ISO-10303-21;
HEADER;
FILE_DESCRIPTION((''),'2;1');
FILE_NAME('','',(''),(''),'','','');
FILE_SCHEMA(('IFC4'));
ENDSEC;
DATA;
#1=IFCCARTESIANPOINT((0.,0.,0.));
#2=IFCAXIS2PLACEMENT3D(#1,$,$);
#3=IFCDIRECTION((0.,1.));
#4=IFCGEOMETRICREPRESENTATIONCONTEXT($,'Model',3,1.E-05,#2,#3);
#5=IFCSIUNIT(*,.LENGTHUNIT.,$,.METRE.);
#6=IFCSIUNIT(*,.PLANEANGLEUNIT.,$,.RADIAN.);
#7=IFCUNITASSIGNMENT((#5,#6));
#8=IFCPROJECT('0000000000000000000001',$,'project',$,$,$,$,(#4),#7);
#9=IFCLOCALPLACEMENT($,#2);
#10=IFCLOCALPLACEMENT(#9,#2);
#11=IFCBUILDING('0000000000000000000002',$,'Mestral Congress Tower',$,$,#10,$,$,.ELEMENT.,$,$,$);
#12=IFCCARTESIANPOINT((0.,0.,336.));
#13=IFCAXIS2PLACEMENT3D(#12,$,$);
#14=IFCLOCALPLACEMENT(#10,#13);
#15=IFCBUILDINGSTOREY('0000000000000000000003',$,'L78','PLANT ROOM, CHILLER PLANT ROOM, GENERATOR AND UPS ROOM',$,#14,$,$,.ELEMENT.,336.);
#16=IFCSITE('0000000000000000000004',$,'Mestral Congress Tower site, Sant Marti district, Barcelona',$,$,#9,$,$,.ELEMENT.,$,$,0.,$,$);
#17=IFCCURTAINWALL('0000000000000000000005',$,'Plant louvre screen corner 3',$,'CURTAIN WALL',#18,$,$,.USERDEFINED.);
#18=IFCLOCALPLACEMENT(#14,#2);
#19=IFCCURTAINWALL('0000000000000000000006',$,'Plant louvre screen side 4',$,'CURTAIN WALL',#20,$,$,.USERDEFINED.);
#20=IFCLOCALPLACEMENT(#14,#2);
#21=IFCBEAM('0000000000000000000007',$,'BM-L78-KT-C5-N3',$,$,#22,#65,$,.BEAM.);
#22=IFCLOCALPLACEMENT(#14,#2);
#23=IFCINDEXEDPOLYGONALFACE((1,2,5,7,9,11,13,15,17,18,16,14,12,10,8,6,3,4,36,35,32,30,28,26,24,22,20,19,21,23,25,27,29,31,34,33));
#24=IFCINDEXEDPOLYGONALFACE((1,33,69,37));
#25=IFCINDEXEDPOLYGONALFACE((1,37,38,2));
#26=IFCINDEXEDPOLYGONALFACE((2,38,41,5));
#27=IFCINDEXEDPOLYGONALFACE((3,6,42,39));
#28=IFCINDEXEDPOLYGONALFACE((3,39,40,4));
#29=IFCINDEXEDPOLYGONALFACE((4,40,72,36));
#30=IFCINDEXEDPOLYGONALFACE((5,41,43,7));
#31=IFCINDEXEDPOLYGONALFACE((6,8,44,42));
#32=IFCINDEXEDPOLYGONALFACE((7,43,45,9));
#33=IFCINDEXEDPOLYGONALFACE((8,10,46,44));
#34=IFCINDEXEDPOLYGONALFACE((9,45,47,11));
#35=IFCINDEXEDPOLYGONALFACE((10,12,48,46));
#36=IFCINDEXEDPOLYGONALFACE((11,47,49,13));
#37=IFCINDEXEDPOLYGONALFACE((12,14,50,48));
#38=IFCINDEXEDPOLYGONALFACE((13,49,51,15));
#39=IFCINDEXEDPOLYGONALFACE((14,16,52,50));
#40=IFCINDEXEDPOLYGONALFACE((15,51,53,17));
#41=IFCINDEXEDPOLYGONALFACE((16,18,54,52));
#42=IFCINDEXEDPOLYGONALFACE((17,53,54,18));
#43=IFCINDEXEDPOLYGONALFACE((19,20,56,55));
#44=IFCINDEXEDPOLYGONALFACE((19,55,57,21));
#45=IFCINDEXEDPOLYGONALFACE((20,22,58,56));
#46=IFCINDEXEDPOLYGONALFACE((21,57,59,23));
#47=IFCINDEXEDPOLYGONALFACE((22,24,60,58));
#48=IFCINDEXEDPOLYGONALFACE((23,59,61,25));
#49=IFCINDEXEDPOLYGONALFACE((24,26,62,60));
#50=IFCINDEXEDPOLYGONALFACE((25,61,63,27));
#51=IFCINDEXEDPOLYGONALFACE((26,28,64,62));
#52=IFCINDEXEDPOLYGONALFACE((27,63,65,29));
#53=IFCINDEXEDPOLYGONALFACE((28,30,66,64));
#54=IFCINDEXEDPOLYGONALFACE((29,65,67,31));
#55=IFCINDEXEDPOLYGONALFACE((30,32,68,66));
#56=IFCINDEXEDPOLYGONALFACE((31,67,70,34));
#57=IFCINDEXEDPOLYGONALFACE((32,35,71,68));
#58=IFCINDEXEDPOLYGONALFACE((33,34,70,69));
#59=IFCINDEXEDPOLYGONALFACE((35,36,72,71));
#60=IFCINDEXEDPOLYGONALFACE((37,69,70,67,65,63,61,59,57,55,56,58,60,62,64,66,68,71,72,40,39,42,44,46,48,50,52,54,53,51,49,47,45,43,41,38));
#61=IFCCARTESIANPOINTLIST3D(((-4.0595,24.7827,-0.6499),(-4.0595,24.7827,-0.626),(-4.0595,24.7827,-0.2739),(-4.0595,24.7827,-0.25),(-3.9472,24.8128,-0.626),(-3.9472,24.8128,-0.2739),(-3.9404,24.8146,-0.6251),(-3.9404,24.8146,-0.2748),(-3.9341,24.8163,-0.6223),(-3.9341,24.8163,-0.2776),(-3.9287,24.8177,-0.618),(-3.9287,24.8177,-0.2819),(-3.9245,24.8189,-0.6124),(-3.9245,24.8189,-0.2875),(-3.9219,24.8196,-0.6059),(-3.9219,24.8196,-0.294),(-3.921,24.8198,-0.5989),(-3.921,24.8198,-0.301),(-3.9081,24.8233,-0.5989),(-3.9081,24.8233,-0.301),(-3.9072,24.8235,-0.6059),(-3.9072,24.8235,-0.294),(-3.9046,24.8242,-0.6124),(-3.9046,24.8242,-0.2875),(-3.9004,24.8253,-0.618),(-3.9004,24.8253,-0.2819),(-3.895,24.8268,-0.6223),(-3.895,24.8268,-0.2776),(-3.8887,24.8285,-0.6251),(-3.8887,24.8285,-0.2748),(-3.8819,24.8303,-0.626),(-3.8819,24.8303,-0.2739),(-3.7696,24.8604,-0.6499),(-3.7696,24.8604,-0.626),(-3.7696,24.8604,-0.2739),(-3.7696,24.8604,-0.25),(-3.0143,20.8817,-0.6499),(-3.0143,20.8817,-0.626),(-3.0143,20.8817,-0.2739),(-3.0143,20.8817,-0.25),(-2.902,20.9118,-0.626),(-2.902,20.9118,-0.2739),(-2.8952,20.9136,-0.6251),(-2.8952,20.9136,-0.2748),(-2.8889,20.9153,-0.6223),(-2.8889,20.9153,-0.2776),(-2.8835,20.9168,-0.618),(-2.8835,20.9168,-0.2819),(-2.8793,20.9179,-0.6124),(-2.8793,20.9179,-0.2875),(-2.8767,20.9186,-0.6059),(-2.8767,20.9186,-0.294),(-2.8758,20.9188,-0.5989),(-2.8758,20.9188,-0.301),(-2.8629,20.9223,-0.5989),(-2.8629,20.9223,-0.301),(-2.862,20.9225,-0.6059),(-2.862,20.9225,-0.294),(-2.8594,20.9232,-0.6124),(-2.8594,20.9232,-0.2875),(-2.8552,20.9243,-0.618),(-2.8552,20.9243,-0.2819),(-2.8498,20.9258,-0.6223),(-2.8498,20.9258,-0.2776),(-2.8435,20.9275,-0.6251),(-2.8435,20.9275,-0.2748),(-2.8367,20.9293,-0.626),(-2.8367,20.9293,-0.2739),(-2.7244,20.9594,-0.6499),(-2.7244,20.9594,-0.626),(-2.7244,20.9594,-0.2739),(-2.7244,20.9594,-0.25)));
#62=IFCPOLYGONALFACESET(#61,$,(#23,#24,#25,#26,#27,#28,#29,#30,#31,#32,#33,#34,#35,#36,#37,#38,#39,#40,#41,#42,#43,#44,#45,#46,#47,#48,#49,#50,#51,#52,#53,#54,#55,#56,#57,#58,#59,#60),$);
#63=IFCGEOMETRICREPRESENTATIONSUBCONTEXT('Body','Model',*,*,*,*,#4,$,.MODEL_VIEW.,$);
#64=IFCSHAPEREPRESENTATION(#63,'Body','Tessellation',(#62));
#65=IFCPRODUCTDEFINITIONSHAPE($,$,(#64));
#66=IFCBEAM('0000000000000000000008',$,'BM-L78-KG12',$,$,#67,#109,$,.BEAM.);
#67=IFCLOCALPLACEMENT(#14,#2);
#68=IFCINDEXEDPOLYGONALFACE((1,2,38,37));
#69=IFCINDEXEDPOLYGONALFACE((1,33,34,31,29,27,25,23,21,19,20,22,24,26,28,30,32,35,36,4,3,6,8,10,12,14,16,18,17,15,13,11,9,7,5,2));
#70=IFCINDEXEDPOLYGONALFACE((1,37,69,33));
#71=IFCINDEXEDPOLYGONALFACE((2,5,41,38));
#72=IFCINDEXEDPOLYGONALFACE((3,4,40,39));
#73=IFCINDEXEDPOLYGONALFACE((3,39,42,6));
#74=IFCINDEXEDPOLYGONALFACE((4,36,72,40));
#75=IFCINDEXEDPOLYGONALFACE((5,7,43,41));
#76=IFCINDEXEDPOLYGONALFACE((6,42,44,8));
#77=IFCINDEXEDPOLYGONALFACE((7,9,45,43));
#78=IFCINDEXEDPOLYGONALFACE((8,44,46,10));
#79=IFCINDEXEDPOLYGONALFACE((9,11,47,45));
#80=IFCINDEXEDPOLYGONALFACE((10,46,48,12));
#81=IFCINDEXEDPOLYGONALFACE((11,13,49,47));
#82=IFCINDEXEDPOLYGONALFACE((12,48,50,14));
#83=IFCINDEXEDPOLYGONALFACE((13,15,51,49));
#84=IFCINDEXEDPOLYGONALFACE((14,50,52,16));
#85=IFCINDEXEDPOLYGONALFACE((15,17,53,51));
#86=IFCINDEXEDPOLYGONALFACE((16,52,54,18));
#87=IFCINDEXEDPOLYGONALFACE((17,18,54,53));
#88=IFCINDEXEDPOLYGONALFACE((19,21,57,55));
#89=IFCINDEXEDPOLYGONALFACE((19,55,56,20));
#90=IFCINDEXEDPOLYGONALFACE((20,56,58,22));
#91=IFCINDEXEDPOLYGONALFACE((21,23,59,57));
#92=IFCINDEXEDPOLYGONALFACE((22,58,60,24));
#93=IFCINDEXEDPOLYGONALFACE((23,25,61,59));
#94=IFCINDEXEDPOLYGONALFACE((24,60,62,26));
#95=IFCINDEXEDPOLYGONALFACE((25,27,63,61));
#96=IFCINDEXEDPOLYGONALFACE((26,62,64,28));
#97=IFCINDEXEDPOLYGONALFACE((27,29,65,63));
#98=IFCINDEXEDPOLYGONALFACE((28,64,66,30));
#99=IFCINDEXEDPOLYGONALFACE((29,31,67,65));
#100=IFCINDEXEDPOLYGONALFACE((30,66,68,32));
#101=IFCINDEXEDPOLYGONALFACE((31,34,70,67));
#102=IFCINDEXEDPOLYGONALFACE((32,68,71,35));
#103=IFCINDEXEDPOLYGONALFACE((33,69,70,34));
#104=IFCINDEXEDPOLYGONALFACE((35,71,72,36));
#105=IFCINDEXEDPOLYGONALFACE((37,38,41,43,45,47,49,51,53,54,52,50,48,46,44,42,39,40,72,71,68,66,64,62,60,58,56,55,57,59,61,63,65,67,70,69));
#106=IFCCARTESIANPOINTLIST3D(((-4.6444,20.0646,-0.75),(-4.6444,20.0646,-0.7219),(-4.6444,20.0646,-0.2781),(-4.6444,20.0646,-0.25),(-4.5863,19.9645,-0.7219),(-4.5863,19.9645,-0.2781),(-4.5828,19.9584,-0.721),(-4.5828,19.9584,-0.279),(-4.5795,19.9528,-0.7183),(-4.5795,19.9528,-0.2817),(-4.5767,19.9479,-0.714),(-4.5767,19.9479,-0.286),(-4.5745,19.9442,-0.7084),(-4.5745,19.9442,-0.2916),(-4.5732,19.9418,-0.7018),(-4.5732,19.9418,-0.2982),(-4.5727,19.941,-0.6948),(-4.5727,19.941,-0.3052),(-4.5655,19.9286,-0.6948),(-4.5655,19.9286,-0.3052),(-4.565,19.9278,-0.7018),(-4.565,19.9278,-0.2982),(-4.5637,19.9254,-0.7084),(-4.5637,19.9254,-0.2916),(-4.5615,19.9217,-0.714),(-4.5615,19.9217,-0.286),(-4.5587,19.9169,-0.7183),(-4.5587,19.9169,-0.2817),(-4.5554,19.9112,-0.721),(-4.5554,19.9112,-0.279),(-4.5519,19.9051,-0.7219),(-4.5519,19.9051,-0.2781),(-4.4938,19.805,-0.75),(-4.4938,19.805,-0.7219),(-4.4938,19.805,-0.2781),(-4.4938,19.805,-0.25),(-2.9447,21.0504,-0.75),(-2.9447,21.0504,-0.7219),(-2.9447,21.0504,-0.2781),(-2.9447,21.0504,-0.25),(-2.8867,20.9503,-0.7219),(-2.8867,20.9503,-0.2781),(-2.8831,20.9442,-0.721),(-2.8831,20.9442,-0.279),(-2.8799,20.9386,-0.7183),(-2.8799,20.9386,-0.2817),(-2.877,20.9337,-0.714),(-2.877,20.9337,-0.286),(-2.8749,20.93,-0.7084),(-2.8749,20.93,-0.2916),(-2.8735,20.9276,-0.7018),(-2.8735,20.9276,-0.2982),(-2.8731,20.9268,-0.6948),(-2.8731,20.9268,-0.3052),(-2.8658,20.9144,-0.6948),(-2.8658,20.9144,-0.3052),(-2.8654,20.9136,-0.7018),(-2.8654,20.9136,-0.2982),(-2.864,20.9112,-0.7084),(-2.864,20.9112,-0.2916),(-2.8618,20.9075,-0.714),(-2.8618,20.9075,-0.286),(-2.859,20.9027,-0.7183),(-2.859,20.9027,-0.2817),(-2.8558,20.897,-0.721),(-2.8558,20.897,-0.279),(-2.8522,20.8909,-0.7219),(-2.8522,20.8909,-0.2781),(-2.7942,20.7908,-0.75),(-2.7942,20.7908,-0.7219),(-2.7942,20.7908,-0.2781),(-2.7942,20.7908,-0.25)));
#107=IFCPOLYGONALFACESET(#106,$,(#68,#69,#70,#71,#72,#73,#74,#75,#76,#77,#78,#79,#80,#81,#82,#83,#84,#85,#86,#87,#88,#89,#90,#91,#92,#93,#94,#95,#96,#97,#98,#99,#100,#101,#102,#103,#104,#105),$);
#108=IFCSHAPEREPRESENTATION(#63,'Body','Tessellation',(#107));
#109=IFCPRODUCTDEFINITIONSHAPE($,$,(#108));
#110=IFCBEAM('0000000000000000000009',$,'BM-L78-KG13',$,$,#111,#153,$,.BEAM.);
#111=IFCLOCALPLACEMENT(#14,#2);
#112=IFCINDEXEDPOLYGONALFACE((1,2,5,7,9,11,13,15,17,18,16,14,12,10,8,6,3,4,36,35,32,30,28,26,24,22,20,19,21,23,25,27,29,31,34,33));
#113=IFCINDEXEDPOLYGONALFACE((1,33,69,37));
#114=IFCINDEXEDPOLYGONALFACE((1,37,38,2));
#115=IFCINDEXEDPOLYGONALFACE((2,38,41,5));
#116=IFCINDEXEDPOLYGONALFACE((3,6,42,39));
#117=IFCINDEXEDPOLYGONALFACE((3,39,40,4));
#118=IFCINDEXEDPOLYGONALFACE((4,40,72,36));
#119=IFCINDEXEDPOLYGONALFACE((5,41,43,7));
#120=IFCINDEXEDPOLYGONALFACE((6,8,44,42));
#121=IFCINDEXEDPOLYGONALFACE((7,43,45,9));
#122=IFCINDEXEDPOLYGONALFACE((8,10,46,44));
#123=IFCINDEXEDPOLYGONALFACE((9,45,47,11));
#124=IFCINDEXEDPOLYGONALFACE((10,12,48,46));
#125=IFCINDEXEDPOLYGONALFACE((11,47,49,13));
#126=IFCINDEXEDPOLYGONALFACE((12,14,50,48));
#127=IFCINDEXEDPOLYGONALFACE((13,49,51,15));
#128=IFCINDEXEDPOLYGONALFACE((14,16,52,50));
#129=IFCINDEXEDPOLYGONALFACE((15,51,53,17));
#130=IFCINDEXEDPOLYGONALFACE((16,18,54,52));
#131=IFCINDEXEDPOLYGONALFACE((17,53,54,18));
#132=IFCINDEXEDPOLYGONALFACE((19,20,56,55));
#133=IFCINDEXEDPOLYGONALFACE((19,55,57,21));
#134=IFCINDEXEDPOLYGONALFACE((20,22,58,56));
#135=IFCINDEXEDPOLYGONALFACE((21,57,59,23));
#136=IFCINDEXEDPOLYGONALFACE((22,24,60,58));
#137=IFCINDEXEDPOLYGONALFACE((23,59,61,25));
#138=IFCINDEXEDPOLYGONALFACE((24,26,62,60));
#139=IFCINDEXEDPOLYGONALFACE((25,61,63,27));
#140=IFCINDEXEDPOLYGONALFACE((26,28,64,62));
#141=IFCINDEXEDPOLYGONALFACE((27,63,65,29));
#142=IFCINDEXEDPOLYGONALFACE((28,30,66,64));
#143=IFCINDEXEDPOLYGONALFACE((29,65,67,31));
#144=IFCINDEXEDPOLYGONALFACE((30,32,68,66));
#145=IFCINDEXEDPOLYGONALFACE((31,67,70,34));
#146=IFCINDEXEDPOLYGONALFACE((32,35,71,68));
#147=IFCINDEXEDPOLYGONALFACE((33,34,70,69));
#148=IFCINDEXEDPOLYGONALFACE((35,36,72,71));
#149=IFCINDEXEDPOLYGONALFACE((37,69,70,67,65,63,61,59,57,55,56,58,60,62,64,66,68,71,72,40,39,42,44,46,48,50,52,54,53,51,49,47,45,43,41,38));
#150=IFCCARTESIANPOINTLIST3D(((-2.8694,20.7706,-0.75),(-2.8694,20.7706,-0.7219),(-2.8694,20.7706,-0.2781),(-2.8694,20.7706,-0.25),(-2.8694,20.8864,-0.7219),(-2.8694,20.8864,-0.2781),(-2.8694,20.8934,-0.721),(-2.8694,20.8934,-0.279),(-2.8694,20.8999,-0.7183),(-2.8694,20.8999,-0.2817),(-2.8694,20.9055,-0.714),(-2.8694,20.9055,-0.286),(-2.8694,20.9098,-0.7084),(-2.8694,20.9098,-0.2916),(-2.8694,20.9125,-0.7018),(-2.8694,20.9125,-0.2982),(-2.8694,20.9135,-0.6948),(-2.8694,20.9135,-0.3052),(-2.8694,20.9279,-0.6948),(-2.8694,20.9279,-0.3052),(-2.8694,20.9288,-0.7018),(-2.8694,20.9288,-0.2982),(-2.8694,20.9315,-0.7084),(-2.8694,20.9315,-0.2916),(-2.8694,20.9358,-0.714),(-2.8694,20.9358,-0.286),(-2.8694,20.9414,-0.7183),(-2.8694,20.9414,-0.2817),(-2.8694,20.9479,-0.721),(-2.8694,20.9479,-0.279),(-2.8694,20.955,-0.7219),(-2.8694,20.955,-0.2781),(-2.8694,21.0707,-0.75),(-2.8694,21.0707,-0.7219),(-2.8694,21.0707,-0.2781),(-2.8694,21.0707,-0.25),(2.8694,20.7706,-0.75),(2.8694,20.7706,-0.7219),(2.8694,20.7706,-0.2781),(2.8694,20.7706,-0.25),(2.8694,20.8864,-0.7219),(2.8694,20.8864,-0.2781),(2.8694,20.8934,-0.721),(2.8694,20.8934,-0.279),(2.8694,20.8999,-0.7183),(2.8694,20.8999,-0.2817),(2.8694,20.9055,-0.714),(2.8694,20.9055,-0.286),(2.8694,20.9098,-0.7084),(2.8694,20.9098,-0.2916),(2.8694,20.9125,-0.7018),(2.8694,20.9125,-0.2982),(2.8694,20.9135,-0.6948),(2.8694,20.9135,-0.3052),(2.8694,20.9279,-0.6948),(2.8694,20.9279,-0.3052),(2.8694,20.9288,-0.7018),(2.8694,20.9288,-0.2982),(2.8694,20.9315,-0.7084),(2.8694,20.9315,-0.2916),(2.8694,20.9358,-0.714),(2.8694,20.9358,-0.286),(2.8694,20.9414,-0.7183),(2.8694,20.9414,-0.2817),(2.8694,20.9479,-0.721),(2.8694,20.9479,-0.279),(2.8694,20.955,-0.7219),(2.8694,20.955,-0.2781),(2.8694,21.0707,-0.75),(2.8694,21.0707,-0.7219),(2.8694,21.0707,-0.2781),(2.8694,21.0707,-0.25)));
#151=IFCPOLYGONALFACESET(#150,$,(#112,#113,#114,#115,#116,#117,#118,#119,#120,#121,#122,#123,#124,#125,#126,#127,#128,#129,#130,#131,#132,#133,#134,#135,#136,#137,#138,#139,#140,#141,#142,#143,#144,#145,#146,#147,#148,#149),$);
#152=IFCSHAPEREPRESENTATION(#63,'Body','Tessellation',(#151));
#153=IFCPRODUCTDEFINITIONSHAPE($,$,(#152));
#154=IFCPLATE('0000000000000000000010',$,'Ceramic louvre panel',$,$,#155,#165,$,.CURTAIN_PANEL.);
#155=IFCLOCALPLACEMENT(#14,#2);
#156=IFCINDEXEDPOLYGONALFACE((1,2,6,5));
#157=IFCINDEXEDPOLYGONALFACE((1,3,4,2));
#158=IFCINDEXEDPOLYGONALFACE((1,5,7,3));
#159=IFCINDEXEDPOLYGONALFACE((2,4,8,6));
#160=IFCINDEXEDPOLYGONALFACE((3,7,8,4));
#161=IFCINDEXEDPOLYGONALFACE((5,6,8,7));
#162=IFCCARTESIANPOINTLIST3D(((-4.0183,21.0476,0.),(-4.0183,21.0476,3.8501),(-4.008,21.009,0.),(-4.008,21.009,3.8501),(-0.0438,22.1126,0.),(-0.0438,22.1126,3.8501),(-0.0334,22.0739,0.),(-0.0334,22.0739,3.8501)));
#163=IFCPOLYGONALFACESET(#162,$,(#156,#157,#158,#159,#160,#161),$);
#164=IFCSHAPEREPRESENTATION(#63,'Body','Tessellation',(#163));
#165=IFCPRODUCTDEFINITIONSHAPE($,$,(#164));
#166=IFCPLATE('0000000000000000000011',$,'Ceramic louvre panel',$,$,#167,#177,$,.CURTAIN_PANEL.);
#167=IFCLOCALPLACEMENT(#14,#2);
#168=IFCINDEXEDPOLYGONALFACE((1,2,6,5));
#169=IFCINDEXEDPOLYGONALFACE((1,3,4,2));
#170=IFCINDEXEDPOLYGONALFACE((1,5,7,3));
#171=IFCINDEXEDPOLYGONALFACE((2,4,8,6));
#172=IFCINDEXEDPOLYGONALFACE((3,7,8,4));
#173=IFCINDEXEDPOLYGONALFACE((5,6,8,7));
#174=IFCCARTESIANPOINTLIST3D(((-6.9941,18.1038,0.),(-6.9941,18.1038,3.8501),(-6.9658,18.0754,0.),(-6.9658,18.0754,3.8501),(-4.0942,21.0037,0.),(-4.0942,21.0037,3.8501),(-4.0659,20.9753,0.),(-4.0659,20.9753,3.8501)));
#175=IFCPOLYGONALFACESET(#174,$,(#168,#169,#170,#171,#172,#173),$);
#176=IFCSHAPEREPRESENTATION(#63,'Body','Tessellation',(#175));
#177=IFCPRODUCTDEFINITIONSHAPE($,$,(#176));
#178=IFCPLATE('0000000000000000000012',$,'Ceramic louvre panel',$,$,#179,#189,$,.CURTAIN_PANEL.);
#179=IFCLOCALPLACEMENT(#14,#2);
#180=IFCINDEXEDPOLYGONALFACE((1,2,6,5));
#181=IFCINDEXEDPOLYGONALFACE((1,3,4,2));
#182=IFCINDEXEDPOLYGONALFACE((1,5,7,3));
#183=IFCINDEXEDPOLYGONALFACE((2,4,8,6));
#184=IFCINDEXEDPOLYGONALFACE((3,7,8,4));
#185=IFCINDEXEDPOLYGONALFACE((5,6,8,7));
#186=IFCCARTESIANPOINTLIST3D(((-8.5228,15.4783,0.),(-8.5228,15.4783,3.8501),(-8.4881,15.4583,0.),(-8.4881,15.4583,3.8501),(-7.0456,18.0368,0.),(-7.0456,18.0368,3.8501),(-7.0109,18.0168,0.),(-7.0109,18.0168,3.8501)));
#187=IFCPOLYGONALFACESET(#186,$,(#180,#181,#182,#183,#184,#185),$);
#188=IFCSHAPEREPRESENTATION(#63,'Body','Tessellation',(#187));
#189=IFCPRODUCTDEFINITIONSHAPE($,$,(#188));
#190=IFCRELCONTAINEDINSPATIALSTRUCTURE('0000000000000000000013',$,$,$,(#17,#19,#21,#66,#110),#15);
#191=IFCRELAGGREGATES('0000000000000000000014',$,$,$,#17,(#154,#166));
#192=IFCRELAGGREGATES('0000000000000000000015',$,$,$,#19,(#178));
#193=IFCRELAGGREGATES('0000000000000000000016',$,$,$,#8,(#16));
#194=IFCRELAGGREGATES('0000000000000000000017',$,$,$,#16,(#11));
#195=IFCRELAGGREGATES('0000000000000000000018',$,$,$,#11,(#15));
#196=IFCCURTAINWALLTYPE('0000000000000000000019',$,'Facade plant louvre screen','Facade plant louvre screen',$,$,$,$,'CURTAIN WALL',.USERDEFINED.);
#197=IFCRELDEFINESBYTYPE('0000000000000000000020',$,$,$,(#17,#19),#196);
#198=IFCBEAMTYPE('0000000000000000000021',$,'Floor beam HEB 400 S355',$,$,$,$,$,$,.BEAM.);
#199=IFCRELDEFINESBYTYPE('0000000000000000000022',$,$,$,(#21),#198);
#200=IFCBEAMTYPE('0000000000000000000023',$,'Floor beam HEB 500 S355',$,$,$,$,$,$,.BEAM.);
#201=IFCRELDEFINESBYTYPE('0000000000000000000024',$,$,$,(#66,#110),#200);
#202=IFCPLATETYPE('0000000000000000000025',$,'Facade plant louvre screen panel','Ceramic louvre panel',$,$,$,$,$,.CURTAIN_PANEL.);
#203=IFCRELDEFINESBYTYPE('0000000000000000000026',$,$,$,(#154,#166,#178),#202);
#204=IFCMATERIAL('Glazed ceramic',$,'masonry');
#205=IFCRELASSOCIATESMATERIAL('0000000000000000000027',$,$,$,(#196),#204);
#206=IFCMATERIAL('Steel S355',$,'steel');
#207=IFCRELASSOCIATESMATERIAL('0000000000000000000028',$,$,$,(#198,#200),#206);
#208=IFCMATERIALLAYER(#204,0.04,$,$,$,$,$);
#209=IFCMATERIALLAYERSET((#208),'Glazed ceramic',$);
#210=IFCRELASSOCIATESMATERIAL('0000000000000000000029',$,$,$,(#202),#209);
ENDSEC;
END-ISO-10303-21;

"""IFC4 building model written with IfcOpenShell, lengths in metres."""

from ifc_helpers import new_model, si_unit, direction, frame, origin, origin_2d, place, context, subcontext, project, spatial, rectangle, i_section, extrude, material, layer, layer_set, material_profile, profile_set, type_object, element, aggregate, save


model = new_model("IFC4")

# Units and contexts
model_context = context("Model", 3, precision=1e-05, world=origin(), true_north=direction((0.0, 1.0)))
body_context = subcontext(model_context, "Body", "Model", "MODEL_VIEW")
ifc_project = project(units=[si_unit("LENGTHUNIT", "METRE"), si_unit("PLANEANGLEUNIT", "RADIAN")], contexts=[model_context])

# Site, building, storey
site_placement = place(None, origin())
site = spatial("IfcSite", under=ifc_project, at=site_placement, Name="Mestral Congress Tower site, Sant Marti district, Barcelona", CompositionType="ELEMENT", RefElevation=0.0)
building_placement = place(site_placement, origin())
building = spatial("IfcBuilding", under=site, at=building_placement, Name="Mestral Congress Tower", CompositionType="ELEMENT")
storey_placement = place(building_placement, frame((0.0, 0.0, 336.0)))
storey = spatial("IfcBuildingStorey", under=building, at=storey_placement, Name="L78", Description="PLANT ROOM, CHILLER PLANT ROOM, GENERATOR AND UPS ROOM", CompositionType="ELEMENT", Elevation=336.0)

# Shared definitions
ifc_material_1 = material(Name="Steel S355", Category="steel")

# Curtain wall
ifc_material_2 = material(Name="Glazed ceramic", Category="masonry")
curtain_wall_type = type_object("IfcCurtainWallType", Name="Facade plant louvre screen", Description="Facade plant louvre screen", ElementType="CURTAIN WALL", PredefinedType="USERDEFINED", material=ifc_material_2)
placement = place(storey_placement, origin())
curtain_wall_1 = element("IfcCurtainWall", 1, at=placement, inside=storey, type_object=curtain_wall_type, Name="Plant louvre screen corner 3", ObjectType="CURTAIN WALL", PredefinedType="USERDEFINED")

# Curtain wall
curtain_wall_2 = element("IfcCurtainWall", 2, at=placement, inside=storey, type_object=curtain_wall_type, Name="Plant louvre screen side 4", ObjectType="CURTAIN WALL", PredefinedType="USERDEFINED")

# Beams
ifc_material_profile_1 = material_profile(ifc_material_1, i_section(OverallWidth=0.3, OverallDepth=0.3999, WebThickness=0.0134, FlangeThickness=0.0239, FilletRadius=0.0271, at=origin_2d()), Name="HEB 400")
ifc_profile_set_1 = profile_set([ifc_material_profile_1], Name="Steel S355")
beam_type_1 = type_object("IfcBeamType", Name="Floor beam HEB 400 S355", PredefinedType="BEAM", material=ifc_profile_set_1)
beam_1_placement = place(storey_placement, frame((-3.9146, 24.8215, -0.45), z_axis=(0.258803, -0.96593, 0.0), x_axis=(0.96593, 0.258803, 0.0)))
element("IfcBeam", 3, at=beam_1_placement, inside=storey, type_object=beam_type_1, Name="BM-L78-KT-C5-N3", PredefinedType="BEAM", context=body_context, shape_type="SweptSolid", body=[
    extrude(i_section(OverallWidth=0.3, OverallDepth=0.3999, WebThickness=0.0134, FlangeThickness=0.0239, FilletRadius=0.0271, at=origin_2d()), origin(), (0.0, 0.0, 1.0), 4.0386),
])
ifc_material_profile_2 = material_profile(ifc_material_1, i_section(OverallWidth=0.3, OverallDepth=0.5, WebThickness=0.0144, FlangeThickness=0.0281, FilletRadius=0.0271, at=origin_2d()), Name="HEB 500")
ifc_profile_set_2 = profile_set([ifc_material_profile_2], Name="Steel S355")
beam_type_2 = type_object("IfcBeamType", Name="Floor beam HEB 500 S355", PredefinedType="BEAM", material=ifc_profile_set_2)
beam_2_placement = place(storey_placement, frame((-4.5691, 19.9348, -0.5), z_axis=(0.865029, 0.501722, 0.0), x_axis=(-0.501722, 0.865029, 0.0)))
element("IfcBeam", 4, at=beam_2_placement, inside=storey, type_object=beam_type_2, Name="BM-L78-KG12", PredefinedType="BEAM", context=body_context, shape_type="SweptSolid", body=[
    extrude(i_section(OverallWidth=0.3, OverallDepth=0.5, WebThickness=0.0144, FlangeThickness=0.0281, FilletRadius=0.0271, at=origin_2d()), origin(), (0.0, 0.0, 1.0), 1.9648),
])
beam_3_placement = place(storey_placement, frame((-2.8694, 20.9207, -0.5), z_axis=(1.0, 0.0, 0.0), x_axis=(0.0, 1.0, 0.0)))
element("IfcBeam", 5, at=beam_3_placement, inside=storey, type_object=beam_type_2, Name="BM-L78-KG13", PredefinedType="BEAM", context=body_context, shape_type="SweptSolid", body=[
    extrude(i_section(OverallWidth=0.3, OverallDepth=0.5, WebThickness=0.0144, FlangeThickness=0.0281, FilletRadius=0.0271, at=origin_2d()), origin(), (0.0, 0.0, 1.0), 5.7388),
])

# Plates
ifc_layer_1 = layer(ifc_material_2, 0.04)
ifc_layer_set_1 = layer_set([ifc_layer_1], Name="Glazed ceramic")
plate_type = type_object("IfcPlateType", Name="Facade plant louvre screen panel", Description="Ceramic louvre panel", PredefinedType="CURTAIN_PANEL", material=ifc_layer_set_1)
plate_1_placement = place(storey_placement, frame((-2.0259, 21.5608, 0.0), z_axis=(0.0, 0.0, 1.0), x_axis=(-0.965926, -0.258819, 0.0)))
plate_1 = element("IfcPlate", 6, at=plate_1_placement, type_object=plate_type, Name="Ceramic louvre panel", PredefinedType="CURTAIN_PANEL", context=body_context, shape_type="SweptSolid", body=[
    extrude(rectangle(XDim=4.1147, YDim=0.04, at=origin_2d()), origin(), (0.0, 0.0, 1.0), 3.8501),
])
plate_2_placement = place(storey_placement, frame((-5.53, 19.5396, 0.0), z_axis=(0.0, 0.0, 1.0), x_axis=(-0.707107, -0.707107, 0.0)))
plate_2 = element("IfcPlate", 7, at=plate_2_placement, type_object=plate_type, Name="Ceramic louvre panel", PredefinedType="CURTAIN_PANEL", context=body_context, shape_type="SweptSolid", body=[
    extrude(rectangle(XDim=4.1011, YDim=0.04, at=origin_2d()), origin(), (0.0, 0.0, 1.0), 3.8501),
])
aggregate(curtain_wall_1, [plate_1, plate_2])
plate_3_placement = place(storey_placement, frame((-7.7668, 16.7476, 0.0), z_axis=(0.0, 0.0, 1.0), x_axis=(-0.500002, -0.866025, 0.0)))
plate_3 = element("IfcPlate", 8, at=plate_3_placement, type_object=plate_type, Name="Ceramic louvre panel", PredefinedType="CURTAIN_PANEL", context=body_context, shape_type="SweptSolid", body=[
    extrude(rectangle(XDim=2.9543, YDim=0.04, at=origin_2d()), origin(), (0.0, 0.0, 1.0), 3.8501),
])
aggregate(curtain_wall_2, [plate_3])

save(model, "model.ifc")
